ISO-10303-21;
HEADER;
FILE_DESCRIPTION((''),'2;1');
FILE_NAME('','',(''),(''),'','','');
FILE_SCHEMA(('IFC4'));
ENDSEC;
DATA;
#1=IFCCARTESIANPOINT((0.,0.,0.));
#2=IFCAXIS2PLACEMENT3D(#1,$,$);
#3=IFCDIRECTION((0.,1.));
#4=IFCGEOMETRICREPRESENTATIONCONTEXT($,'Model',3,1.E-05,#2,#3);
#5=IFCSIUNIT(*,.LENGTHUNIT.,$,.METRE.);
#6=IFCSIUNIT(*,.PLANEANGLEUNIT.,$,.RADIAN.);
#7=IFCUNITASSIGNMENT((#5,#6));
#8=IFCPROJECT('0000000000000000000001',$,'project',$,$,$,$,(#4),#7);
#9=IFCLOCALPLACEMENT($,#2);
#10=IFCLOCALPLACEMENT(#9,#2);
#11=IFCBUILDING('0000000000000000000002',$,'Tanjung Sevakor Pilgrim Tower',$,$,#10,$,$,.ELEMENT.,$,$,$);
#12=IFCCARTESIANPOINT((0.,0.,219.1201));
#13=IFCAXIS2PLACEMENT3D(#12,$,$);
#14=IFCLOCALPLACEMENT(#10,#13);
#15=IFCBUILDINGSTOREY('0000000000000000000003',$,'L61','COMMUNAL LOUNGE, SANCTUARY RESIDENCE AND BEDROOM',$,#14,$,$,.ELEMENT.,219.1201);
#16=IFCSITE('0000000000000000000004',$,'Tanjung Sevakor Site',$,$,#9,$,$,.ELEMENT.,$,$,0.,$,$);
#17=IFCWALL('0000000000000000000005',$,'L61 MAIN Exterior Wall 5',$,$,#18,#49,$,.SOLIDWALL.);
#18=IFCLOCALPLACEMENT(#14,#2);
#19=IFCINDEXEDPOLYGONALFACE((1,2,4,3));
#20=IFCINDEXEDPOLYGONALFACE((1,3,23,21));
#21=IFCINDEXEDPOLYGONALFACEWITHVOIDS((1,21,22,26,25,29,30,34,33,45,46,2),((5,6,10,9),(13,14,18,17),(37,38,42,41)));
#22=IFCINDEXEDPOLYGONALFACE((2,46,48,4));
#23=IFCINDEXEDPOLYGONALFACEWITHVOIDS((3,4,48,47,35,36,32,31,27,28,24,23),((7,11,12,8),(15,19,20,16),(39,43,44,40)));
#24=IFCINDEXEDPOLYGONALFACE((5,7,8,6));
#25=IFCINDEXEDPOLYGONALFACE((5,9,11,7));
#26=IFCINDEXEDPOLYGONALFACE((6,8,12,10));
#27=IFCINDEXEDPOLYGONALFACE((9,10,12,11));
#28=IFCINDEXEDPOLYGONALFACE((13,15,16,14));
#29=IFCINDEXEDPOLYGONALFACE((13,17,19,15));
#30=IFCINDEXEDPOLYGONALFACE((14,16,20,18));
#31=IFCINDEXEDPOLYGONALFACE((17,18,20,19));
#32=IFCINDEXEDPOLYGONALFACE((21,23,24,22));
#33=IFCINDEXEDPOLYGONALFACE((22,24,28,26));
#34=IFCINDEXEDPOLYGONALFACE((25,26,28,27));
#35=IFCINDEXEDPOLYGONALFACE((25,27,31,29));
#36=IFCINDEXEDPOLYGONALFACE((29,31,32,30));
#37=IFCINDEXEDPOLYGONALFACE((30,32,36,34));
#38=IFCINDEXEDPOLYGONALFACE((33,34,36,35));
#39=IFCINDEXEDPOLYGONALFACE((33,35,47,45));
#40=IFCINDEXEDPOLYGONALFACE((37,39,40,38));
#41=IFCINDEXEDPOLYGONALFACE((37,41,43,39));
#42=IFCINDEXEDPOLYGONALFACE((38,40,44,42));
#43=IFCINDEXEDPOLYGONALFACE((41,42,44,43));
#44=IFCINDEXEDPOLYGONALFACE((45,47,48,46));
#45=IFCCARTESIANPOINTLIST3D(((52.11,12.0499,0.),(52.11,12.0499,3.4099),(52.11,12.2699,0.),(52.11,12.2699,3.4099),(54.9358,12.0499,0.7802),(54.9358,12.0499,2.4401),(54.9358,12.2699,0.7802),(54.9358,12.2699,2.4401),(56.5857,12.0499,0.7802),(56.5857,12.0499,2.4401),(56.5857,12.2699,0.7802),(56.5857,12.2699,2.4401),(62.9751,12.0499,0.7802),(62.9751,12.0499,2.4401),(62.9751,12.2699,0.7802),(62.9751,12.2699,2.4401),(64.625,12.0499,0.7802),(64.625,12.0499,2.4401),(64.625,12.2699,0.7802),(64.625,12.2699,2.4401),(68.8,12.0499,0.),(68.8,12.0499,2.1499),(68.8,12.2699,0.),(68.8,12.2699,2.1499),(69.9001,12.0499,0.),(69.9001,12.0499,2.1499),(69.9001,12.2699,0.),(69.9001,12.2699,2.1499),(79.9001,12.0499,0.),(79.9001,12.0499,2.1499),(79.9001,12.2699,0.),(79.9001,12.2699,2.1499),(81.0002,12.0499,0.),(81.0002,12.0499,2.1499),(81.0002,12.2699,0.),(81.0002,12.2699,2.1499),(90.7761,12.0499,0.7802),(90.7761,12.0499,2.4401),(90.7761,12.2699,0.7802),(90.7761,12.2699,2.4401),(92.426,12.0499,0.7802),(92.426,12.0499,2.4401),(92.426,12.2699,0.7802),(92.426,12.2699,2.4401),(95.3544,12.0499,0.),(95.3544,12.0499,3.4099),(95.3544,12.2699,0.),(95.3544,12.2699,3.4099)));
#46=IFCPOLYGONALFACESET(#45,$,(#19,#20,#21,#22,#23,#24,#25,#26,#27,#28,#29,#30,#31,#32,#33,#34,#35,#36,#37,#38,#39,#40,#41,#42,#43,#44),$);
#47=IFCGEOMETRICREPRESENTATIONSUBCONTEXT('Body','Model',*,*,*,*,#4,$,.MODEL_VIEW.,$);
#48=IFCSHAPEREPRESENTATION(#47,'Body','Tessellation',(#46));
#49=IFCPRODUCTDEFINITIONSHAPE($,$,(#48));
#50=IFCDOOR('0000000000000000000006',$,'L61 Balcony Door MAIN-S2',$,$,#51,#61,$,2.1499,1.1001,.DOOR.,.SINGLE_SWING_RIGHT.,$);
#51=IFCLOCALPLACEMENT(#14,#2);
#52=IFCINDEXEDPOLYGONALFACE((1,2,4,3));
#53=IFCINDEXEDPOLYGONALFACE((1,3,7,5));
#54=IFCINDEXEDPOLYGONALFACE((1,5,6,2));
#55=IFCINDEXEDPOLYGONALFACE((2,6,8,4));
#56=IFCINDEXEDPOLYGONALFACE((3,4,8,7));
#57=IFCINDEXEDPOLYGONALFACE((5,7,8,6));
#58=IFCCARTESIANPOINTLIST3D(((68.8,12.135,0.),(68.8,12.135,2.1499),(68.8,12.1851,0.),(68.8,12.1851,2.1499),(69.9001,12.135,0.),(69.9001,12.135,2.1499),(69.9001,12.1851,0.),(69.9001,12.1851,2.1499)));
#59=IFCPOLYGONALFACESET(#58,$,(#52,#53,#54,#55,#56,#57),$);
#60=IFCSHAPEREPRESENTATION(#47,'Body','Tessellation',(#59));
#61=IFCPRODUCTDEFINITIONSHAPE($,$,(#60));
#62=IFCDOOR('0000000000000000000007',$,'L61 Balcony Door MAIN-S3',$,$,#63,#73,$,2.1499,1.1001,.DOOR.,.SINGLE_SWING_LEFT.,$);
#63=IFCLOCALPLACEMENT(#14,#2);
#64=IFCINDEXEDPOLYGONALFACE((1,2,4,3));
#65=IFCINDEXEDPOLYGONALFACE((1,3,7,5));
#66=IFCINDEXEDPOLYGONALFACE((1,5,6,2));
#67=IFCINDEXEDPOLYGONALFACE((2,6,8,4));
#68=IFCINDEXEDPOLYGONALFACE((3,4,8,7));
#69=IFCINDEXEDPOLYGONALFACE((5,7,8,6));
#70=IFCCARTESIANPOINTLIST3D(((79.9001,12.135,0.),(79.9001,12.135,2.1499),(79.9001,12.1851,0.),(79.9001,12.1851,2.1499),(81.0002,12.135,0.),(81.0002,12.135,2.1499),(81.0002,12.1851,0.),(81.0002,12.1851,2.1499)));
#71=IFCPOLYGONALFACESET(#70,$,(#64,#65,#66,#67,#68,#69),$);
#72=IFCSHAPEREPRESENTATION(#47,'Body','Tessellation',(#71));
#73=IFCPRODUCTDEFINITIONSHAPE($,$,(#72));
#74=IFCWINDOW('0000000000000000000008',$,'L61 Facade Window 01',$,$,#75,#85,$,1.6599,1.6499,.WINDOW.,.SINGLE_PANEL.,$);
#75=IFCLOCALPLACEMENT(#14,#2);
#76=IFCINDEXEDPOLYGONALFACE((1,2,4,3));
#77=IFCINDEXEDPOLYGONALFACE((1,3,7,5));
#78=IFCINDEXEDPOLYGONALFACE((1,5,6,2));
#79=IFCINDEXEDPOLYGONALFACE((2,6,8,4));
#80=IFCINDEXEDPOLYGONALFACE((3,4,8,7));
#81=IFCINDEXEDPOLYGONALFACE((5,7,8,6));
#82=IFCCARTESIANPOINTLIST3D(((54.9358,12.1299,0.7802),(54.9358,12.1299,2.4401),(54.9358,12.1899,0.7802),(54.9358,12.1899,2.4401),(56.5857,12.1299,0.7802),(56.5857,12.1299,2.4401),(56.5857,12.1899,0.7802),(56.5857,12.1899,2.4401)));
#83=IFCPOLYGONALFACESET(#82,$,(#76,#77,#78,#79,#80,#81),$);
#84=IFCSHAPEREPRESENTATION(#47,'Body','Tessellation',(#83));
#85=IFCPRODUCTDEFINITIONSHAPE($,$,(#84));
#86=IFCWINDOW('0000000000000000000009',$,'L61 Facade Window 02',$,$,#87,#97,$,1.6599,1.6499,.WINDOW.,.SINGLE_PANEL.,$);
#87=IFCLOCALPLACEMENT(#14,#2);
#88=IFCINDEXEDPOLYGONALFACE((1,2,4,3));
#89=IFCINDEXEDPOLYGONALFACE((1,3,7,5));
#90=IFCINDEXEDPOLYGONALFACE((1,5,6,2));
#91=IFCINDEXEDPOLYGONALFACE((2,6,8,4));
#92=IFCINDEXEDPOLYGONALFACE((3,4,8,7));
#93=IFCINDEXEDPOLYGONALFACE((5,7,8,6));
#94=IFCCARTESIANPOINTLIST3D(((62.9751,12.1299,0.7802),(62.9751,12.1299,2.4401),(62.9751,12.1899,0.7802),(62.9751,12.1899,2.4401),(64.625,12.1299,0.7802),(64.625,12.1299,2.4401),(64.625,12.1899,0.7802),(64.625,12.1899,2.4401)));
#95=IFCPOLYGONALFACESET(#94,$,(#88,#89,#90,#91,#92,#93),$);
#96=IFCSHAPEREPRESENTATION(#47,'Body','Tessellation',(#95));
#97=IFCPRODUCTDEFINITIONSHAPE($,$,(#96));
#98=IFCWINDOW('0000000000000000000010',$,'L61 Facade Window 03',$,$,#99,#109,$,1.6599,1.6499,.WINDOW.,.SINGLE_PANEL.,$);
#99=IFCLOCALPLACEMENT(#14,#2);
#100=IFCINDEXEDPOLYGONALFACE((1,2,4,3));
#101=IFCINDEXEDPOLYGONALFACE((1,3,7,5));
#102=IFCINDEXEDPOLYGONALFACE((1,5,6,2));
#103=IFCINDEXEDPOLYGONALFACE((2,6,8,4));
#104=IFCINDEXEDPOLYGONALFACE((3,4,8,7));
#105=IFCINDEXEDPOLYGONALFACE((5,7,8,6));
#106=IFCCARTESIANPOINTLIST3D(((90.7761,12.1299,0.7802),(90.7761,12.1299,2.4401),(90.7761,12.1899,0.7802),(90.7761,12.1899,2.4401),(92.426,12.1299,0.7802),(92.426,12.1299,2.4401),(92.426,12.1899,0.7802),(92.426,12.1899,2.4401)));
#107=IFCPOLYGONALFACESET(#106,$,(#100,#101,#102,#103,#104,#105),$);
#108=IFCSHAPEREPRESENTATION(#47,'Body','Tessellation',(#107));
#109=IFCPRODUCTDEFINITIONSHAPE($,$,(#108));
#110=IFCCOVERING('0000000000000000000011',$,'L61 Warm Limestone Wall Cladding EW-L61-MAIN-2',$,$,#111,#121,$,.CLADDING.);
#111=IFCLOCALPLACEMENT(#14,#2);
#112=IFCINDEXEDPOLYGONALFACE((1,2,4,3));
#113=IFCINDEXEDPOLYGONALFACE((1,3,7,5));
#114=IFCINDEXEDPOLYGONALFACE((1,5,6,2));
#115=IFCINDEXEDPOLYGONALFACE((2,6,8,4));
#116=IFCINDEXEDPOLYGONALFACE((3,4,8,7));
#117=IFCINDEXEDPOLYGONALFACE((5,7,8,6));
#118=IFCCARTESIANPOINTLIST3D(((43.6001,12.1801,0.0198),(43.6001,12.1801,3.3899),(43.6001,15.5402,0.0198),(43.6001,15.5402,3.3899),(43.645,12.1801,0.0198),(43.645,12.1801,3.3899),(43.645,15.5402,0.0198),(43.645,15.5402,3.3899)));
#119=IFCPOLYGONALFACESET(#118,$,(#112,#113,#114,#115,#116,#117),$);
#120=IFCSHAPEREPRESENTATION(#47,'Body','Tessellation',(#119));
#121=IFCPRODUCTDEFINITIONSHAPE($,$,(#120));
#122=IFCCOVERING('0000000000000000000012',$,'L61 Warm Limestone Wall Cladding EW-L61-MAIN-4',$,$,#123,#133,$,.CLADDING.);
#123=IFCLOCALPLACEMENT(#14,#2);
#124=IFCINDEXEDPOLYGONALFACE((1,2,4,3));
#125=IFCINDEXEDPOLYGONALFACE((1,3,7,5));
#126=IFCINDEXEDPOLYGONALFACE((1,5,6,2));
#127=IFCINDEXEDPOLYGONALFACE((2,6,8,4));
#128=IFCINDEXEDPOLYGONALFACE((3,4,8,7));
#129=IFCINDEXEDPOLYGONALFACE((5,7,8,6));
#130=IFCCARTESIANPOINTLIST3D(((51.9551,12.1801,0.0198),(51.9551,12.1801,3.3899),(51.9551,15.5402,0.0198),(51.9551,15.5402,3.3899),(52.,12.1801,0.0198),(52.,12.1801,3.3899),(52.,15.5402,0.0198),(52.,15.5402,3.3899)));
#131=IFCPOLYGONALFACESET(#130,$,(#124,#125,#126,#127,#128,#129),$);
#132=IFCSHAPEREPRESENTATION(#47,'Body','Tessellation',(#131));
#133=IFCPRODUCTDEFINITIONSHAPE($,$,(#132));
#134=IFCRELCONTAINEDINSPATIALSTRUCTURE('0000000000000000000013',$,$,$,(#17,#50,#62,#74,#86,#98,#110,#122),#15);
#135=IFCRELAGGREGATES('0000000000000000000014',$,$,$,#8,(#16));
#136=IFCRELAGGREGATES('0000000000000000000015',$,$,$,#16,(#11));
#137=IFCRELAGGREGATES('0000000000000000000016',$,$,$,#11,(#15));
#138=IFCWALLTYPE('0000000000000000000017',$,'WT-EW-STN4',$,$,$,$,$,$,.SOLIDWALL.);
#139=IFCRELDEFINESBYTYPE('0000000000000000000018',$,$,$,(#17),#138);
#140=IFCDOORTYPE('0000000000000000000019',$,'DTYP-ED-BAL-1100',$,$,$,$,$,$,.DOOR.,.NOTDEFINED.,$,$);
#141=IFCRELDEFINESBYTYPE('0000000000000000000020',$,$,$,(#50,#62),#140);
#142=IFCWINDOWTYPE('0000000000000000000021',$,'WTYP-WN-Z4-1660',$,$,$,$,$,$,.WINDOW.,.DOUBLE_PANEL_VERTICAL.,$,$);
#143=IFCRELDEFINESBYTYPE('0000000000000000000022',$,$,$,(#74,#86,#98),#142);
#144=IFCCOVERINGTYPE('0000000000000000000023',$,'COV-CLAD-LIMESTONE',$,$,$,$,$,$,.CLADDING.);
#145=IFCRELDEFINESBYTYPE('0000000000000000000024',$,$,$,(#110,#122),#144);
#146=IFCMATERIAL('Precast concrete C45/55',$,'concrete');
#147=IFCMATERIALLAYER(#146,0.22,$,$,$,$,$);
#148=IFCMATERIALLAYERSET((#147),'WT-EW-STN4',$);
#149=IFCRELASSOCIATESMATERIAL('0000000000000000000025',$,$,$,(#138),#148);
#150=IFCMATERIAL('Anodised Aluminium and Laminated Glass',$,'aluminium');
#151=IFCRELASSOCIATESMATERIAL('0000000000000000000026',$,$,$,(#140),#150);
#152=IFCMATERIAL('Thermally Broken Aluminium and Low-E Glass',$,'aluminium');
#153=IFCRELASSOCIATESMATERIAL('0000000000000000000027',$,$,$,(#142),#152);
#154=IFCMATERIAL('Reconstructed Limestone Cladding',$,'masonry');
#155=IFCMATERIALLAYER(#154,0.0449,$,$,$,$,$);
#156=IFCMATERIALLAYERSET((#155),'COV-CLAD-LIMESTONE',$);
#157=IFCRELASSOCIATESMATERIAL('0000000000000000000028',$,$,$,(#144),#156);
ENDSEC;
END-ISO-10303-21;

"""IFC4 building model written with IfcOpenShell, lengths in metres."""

from ifc_helpers import new_model, si_unit, direction, frame, frame_2d, origin, origin_2d, place, context, subcontext, project, spatial, rectangle, extrude, material, layer, layer_set, type_object, element, fill, save


model = new_model("IFC4")

# Units and contexts
model_context = context("Model", 3, precision=1e-05, world=origin(), true_north=direction((0.0, 1.0)))
body_context = subcontext(model_context, "Body", "Model", "MODEL_VIEW")
ifc_project = project(units=[si_unit("LENGTHUNIT", "METRE"), si_unit("PLANEANGLEUNIT", "RADIAN")], contexts=[model_context])

# Site, building, storey
site_placement = place(None, origin())
site = spatial("IfcSite", under=ifc_project, at=site_placement, Name="Tanjung Sevakor Site", CompositionType="ELEMENT", RefElevation=0.0)
building_placement = place(site_placement, origin())
building = spatial("IfcBuilding", under=site, at=building_placement, Name="Tanjung Sevakor Pilgrim Tower", CompositionType="ELEMENT")
storey_placement = place(building_placement, frame((0.0, 0.0, 219.1201)))
storey = spatial("IfcBuildingStorey", under=building, at=storey_placement, Name="L61", Description="COMMUNAL LOUNGE, SANCTUARY RESIDENCE AND BEDROOM", CompositionType="ELEMENT", Elevation=219.1201)

# Shared definitions
ifc_material_1 = material(Name="Precast concrete C45/55", Category="concrete")
ifc_layer_1 = layer(ifc_material_1, 0.22)
ifc_layer_set_1 = layer_set([ifc_layer_1], Name="WT-EW-STN4")
wall_type_1 = type_object("IfcWallType", Name="WT-EW-STN4", PredefinedType="SOLIDWALL", material=ifc_layer_set_1)

# Wall, openings, doors, windows
wall_1_placement = place(storey_placement, frame((52.1101, 12.1599, 0.0), z_axis=(0.0, 0.0, 1.0), x_axis=(1.0, 0.0, 0.0)))
wall_1 = element("IfcWall", 1, at=wall_1_placement, inside=storey, type_object=wall_type_1, Name="L61 MAIN Exterior Wall 5", PredefinedType="SOLIDWALL", context=body_context, shape_type="SweptSolid", body=[
    extrude(rectangle(XDim=43.2444, YDim=0.22, at=frame_2d((21.6221, 0.0))), origin(), (0.0, 0.0, 1.0), 3.4099),
])
opening_1_placement = place(wall_1_placement, frame((16.6899, 0.0, 0.0)))
opening_1 = element("IfcOpeningElement", 2, at=opening_1_placement, cuts=wall_1, PredefinedType="OPENING", context=body_context, shape_type="SweptSolid", body=[
    extrude(rectangle(XDim=1.1001, YDim=2.1499, at=frame_2d((0.55, 1.075))), frame((0.0, 0.1199, 0.0), z_axis=(0.0, -1.0, 0.0), x_axis=(1.0, 0.0, 0.0)), (0.0, 0.0, 1.0), 0.24),
])
opening_2_placement = place(wall_1_placement, frame((27.79, 0.0, 0.0)))
opening_2 = element("IfcOpeningElement", 3, at=opening_2_placement, cuts=wall_1, PredefinedType="OPENING", context=body_context, shape_type="SweptSolid", body=[
    extrude(rectangle(XDim=1.1001, YDim=2.1499, at=frame_2d((0.55, 1.075))), frame((0.0, 0.1199, 0.0), z_axis=(0.0, -1.0, 0.0), x_axis=(1.0, 0.0, 0.0)), (0.0, 0.0, 1.0), 0.24),
])
opening_3_placement = place(wall_1_placement, frame((2.8257, 0.0, 0.78)))
opening_3 = element("IfcOpeningElement", 4, at=opening_3_placement, cuts=wall_1, PredefinedType="OPENING", context=body_context, shape_type="SweptSolid", body=[
    extrude(rectangle(XDim=1.6499, YDim=1.6599, at=frame_2d((0.825, 0.8301))), frame((0.0, 0.1199, 0.0), z_axis=(0.0, -1.0, 0.0), x_axis=(1.0, 0.0, 0.0)), (0.0, 0.0, 1.0), 0.24),
])
opening_4_placement = place(wall_1_placement, frame((10.865, 0.0, 0.78)))
opening_4 = element("IfcOpeningElement", 5, at=opening_4_placement, cuts=wall_1, PredefinedType="OPENING", context=body_context, shape_type="SweptSolid", body=[
    extrude(rectangle(XDim=1.6499, YDim=1.6599, at=frame_2d((0.825, 0.8301))), frame((0.0, 0.1199, 0.0), z_axis=(0.0, -1.0, 0.0), x_axis=(1.0, 0.0, 0.0)), (0.0, 0.0, 1.0), 0.24),
])
opening_5_placement = place(wall_1_placement, frame((38.666, 0.0, 0.78)))
opening_5 = element("IfcOpeningElement", 6, at=opening_5_placement, cuts=wall_1, PredefinedType="OPENING", context=body_context, shape_type="SweptSolid", body=[
    extrude(rectangle(XDim=1.6499, YDim=1.6599, at=frame_2d((0.825, 0.8301))), frame((0.0, 0.1199, 0.0), z_axis=(0.0, -1.0, 0.0), x_axis=(1.0, 0.0, 0.0)), (0.0, 0.0, 1.0), 0.24),
])
ifc_material_2 = material(Name="Anodised Aluminium and Laminated Glass", Category="aluminium")
door_type_1 = type_object("IfcDoorType", Name="DTYP-ED-BAL-1100", OperationType="NOTDEFINED", PredefinedType="DOOR", material=ifc_material_2)
door_1_placement = place(opening_1_placement, frame((1.1001, 0.0, 0.0), z_axis=(0.0, 0.0, 1.0), x_axis=(-1.0, 0.0, 0.0)))
door_1 = element("IfcDoor", 7, at=door_1_placement, inside=storey, type_object=door_type_1, Name="L61 Balcony Door MAIN-S2", OperationType="SINGLE_SWING_RIGHT", OverallHeight=2.1499, OverallWidth=1.1001, PredefinedType="DOOR", context=body_context, shape_type="SweptSolid", body=[
    extrude(rectangle(XDim=1.1001, YDim=2.1499, at=frame_2d((0.55, 1.075))), frame((0.0, 0.0249, 0.0), z_axis=(0.0, -1.0, 0.0), x_axis=(1.0, 0.0, 0.0)), (0.0, 0.0, 1.0), 0.05),
])
fill(opening_1, door_1)
door_2_placement = place(opening_2_placement, frame((1.1001, 0.0, 0.0), z_axis=(0.0, 0.0, 1.0), x_axis=(-1.0, 0.0, 0.0)))
door_2 = element("IfcDoor", 8, at=door_2_placement, inside=storey, type_object=door_type_1, Name="L61 Balcony Door MAIN-S3", OperationType="SINGLE_SWING_LEFT", OverallHeight=2.1499, OverallWidth=1.1001, PredefinedType="DOOR", context=body_context, shape_type="SweptSolid", body=[
    extrude(rectangle(XDim=1.1001, YDim=2.1499, at=frame_2d((0.55, 1.075))), frame((0.0, 0.0249, 0.0), z_axis=(0.0, -1.0, 0.0), x_axis=(1.0, 0.0, 0.0)), (0.0, 0.0, 1.0), 0.05),
])
fill(opening_2, door_2)
ifc_material_3 = material(Name="Thermally Broken Aluminium and Low-E Glass", Category="aluminium")
window_type = type_object("IfcWindowType", Name="WTYP-WN-Z4-1660", PartitioningType="DOUBLE_PANEL_VERTICAL", PredefinedType="WINDOW", material=ifc_material_3)
window_1_placement = place(opening_3_placement, origin())
window_1 = element("IfcWindow", 9, at=window_1_placement, inside=storey, type_object=window_type, Name="L61 Facade Window 01", OverallHeight=1.6599, OverallWidth=1.6499, PartitioningType="SINGLE_PANEL", PredefinedType="WINDOW", context=body_context, shape_type="SweptSolid", body=[
    extrude(rectangle(XDim=1.6499, YDim=1.6599, at=frame_2d((0.825, 0.8301))), frame((0.0, 0.03, 0.0), z_axis=(0.0, -1.0, 0.0), x_axis=(1.0, 0.0, 0.0)), (0.0, 0.0, 1.0), 0.0601),
])
fill(opening_3, window_1)
window_2_placement = place(opening_4_placement, origin())
window_2 = element("IfcWindow", 10, at=window_2_placement, inside=storey, type_object=window_type, Name="L61 Facade Window 02", OverallHeight=1.6599, OverallWidth=1.6499, PartitioningType="SINGLE_PANEL", PredefinedType="WINDOW", context=body_context, shape_type="SweptSolid", body=[
    extrude(rectangle(XDim=1.6499, YDim=1.6599, at=frame_2d((0.825, 0.8301))), frame((0.0, 0.03, 0.0), z_axis=(0.0, -1.0, 0.0), x_axis=(1.0, 0.0, 0.0)), (0.0, 0.0, 1.0), 0.0601),
])
fill(opening_4, window_2)
window_3_placement = place(opening_5_placement, origin())
window_3 = element("IfcWindow", 11, at=window_3_placement, inside=storey, type_object=window_type, Name="L61 Facade Window 03", OverallHeight=1.6599, OverallWidth=1.6499, PartitioningType="SINGLE_PANEL", PredefinedType="WINDOW", context=body_context, shape_type="SweptSolid", body=[
    extrude(rectangle(XDim=1.6499, YDim=1.6599, at=frame_2d((0.825, 0.8301))), frame((0.0, 0.03, 0.0), z_axis=(0.0, -1.0, 0.0), x_axis=(1.0, 0.0, 0.0)), (0.0, 0.0, 1.0), 0.0601),
])
fill(opening_5, window_3)

# Coverings
ifc_material_4 = material(Name="Reconstructed Limestone Cladding", Category="masonry")
ifc_layer_2 = layer(ifc_material_4, 0.0449)
ifc_layer_set_2 = layer_set([ifc_layer_2], Name="COV-CLAD-LIMESTONE")
covering_type = type_object("IfcCoveringType", Name="COV-CLAD-LIMESTONE", PredefinedType="CLADDING", material=ifc_layer_set_2)
for number, where, z_axis, x_axis, name in (
    (12, (43.6226, 13.8601, 0.0198), (0.0, 0.0, 1.0), (0.0, 1.0, 0.0), "L61 Warm Limestone Wall Cladding EW-L61-MAIN-2"),
    (13, (51.9775, 13.8601, 0.0198), (0.0, 0.0, 1.0), (0.0, -1.0, 0.0), "L61 Warm Limestone Wall Cladding EW-L61-MAIN-4"),
):
    element("IfcCovering", number, at=place(storey_placement, frame(where, z_axis=z_axis, x_axis=x_axis)), inside=storey, type_object=covering_type, Name=name, PredefinedType="CLADDING", context=body_context, shape_type="SweptSolid", body=[
        extrude(rectangle(XDim=3.3601, YDim=0.0449, at=origin_2d()), origin(), (0.0, 0.0, 1.0), 3.3701),
    ])

save(model, "model.ifc")
